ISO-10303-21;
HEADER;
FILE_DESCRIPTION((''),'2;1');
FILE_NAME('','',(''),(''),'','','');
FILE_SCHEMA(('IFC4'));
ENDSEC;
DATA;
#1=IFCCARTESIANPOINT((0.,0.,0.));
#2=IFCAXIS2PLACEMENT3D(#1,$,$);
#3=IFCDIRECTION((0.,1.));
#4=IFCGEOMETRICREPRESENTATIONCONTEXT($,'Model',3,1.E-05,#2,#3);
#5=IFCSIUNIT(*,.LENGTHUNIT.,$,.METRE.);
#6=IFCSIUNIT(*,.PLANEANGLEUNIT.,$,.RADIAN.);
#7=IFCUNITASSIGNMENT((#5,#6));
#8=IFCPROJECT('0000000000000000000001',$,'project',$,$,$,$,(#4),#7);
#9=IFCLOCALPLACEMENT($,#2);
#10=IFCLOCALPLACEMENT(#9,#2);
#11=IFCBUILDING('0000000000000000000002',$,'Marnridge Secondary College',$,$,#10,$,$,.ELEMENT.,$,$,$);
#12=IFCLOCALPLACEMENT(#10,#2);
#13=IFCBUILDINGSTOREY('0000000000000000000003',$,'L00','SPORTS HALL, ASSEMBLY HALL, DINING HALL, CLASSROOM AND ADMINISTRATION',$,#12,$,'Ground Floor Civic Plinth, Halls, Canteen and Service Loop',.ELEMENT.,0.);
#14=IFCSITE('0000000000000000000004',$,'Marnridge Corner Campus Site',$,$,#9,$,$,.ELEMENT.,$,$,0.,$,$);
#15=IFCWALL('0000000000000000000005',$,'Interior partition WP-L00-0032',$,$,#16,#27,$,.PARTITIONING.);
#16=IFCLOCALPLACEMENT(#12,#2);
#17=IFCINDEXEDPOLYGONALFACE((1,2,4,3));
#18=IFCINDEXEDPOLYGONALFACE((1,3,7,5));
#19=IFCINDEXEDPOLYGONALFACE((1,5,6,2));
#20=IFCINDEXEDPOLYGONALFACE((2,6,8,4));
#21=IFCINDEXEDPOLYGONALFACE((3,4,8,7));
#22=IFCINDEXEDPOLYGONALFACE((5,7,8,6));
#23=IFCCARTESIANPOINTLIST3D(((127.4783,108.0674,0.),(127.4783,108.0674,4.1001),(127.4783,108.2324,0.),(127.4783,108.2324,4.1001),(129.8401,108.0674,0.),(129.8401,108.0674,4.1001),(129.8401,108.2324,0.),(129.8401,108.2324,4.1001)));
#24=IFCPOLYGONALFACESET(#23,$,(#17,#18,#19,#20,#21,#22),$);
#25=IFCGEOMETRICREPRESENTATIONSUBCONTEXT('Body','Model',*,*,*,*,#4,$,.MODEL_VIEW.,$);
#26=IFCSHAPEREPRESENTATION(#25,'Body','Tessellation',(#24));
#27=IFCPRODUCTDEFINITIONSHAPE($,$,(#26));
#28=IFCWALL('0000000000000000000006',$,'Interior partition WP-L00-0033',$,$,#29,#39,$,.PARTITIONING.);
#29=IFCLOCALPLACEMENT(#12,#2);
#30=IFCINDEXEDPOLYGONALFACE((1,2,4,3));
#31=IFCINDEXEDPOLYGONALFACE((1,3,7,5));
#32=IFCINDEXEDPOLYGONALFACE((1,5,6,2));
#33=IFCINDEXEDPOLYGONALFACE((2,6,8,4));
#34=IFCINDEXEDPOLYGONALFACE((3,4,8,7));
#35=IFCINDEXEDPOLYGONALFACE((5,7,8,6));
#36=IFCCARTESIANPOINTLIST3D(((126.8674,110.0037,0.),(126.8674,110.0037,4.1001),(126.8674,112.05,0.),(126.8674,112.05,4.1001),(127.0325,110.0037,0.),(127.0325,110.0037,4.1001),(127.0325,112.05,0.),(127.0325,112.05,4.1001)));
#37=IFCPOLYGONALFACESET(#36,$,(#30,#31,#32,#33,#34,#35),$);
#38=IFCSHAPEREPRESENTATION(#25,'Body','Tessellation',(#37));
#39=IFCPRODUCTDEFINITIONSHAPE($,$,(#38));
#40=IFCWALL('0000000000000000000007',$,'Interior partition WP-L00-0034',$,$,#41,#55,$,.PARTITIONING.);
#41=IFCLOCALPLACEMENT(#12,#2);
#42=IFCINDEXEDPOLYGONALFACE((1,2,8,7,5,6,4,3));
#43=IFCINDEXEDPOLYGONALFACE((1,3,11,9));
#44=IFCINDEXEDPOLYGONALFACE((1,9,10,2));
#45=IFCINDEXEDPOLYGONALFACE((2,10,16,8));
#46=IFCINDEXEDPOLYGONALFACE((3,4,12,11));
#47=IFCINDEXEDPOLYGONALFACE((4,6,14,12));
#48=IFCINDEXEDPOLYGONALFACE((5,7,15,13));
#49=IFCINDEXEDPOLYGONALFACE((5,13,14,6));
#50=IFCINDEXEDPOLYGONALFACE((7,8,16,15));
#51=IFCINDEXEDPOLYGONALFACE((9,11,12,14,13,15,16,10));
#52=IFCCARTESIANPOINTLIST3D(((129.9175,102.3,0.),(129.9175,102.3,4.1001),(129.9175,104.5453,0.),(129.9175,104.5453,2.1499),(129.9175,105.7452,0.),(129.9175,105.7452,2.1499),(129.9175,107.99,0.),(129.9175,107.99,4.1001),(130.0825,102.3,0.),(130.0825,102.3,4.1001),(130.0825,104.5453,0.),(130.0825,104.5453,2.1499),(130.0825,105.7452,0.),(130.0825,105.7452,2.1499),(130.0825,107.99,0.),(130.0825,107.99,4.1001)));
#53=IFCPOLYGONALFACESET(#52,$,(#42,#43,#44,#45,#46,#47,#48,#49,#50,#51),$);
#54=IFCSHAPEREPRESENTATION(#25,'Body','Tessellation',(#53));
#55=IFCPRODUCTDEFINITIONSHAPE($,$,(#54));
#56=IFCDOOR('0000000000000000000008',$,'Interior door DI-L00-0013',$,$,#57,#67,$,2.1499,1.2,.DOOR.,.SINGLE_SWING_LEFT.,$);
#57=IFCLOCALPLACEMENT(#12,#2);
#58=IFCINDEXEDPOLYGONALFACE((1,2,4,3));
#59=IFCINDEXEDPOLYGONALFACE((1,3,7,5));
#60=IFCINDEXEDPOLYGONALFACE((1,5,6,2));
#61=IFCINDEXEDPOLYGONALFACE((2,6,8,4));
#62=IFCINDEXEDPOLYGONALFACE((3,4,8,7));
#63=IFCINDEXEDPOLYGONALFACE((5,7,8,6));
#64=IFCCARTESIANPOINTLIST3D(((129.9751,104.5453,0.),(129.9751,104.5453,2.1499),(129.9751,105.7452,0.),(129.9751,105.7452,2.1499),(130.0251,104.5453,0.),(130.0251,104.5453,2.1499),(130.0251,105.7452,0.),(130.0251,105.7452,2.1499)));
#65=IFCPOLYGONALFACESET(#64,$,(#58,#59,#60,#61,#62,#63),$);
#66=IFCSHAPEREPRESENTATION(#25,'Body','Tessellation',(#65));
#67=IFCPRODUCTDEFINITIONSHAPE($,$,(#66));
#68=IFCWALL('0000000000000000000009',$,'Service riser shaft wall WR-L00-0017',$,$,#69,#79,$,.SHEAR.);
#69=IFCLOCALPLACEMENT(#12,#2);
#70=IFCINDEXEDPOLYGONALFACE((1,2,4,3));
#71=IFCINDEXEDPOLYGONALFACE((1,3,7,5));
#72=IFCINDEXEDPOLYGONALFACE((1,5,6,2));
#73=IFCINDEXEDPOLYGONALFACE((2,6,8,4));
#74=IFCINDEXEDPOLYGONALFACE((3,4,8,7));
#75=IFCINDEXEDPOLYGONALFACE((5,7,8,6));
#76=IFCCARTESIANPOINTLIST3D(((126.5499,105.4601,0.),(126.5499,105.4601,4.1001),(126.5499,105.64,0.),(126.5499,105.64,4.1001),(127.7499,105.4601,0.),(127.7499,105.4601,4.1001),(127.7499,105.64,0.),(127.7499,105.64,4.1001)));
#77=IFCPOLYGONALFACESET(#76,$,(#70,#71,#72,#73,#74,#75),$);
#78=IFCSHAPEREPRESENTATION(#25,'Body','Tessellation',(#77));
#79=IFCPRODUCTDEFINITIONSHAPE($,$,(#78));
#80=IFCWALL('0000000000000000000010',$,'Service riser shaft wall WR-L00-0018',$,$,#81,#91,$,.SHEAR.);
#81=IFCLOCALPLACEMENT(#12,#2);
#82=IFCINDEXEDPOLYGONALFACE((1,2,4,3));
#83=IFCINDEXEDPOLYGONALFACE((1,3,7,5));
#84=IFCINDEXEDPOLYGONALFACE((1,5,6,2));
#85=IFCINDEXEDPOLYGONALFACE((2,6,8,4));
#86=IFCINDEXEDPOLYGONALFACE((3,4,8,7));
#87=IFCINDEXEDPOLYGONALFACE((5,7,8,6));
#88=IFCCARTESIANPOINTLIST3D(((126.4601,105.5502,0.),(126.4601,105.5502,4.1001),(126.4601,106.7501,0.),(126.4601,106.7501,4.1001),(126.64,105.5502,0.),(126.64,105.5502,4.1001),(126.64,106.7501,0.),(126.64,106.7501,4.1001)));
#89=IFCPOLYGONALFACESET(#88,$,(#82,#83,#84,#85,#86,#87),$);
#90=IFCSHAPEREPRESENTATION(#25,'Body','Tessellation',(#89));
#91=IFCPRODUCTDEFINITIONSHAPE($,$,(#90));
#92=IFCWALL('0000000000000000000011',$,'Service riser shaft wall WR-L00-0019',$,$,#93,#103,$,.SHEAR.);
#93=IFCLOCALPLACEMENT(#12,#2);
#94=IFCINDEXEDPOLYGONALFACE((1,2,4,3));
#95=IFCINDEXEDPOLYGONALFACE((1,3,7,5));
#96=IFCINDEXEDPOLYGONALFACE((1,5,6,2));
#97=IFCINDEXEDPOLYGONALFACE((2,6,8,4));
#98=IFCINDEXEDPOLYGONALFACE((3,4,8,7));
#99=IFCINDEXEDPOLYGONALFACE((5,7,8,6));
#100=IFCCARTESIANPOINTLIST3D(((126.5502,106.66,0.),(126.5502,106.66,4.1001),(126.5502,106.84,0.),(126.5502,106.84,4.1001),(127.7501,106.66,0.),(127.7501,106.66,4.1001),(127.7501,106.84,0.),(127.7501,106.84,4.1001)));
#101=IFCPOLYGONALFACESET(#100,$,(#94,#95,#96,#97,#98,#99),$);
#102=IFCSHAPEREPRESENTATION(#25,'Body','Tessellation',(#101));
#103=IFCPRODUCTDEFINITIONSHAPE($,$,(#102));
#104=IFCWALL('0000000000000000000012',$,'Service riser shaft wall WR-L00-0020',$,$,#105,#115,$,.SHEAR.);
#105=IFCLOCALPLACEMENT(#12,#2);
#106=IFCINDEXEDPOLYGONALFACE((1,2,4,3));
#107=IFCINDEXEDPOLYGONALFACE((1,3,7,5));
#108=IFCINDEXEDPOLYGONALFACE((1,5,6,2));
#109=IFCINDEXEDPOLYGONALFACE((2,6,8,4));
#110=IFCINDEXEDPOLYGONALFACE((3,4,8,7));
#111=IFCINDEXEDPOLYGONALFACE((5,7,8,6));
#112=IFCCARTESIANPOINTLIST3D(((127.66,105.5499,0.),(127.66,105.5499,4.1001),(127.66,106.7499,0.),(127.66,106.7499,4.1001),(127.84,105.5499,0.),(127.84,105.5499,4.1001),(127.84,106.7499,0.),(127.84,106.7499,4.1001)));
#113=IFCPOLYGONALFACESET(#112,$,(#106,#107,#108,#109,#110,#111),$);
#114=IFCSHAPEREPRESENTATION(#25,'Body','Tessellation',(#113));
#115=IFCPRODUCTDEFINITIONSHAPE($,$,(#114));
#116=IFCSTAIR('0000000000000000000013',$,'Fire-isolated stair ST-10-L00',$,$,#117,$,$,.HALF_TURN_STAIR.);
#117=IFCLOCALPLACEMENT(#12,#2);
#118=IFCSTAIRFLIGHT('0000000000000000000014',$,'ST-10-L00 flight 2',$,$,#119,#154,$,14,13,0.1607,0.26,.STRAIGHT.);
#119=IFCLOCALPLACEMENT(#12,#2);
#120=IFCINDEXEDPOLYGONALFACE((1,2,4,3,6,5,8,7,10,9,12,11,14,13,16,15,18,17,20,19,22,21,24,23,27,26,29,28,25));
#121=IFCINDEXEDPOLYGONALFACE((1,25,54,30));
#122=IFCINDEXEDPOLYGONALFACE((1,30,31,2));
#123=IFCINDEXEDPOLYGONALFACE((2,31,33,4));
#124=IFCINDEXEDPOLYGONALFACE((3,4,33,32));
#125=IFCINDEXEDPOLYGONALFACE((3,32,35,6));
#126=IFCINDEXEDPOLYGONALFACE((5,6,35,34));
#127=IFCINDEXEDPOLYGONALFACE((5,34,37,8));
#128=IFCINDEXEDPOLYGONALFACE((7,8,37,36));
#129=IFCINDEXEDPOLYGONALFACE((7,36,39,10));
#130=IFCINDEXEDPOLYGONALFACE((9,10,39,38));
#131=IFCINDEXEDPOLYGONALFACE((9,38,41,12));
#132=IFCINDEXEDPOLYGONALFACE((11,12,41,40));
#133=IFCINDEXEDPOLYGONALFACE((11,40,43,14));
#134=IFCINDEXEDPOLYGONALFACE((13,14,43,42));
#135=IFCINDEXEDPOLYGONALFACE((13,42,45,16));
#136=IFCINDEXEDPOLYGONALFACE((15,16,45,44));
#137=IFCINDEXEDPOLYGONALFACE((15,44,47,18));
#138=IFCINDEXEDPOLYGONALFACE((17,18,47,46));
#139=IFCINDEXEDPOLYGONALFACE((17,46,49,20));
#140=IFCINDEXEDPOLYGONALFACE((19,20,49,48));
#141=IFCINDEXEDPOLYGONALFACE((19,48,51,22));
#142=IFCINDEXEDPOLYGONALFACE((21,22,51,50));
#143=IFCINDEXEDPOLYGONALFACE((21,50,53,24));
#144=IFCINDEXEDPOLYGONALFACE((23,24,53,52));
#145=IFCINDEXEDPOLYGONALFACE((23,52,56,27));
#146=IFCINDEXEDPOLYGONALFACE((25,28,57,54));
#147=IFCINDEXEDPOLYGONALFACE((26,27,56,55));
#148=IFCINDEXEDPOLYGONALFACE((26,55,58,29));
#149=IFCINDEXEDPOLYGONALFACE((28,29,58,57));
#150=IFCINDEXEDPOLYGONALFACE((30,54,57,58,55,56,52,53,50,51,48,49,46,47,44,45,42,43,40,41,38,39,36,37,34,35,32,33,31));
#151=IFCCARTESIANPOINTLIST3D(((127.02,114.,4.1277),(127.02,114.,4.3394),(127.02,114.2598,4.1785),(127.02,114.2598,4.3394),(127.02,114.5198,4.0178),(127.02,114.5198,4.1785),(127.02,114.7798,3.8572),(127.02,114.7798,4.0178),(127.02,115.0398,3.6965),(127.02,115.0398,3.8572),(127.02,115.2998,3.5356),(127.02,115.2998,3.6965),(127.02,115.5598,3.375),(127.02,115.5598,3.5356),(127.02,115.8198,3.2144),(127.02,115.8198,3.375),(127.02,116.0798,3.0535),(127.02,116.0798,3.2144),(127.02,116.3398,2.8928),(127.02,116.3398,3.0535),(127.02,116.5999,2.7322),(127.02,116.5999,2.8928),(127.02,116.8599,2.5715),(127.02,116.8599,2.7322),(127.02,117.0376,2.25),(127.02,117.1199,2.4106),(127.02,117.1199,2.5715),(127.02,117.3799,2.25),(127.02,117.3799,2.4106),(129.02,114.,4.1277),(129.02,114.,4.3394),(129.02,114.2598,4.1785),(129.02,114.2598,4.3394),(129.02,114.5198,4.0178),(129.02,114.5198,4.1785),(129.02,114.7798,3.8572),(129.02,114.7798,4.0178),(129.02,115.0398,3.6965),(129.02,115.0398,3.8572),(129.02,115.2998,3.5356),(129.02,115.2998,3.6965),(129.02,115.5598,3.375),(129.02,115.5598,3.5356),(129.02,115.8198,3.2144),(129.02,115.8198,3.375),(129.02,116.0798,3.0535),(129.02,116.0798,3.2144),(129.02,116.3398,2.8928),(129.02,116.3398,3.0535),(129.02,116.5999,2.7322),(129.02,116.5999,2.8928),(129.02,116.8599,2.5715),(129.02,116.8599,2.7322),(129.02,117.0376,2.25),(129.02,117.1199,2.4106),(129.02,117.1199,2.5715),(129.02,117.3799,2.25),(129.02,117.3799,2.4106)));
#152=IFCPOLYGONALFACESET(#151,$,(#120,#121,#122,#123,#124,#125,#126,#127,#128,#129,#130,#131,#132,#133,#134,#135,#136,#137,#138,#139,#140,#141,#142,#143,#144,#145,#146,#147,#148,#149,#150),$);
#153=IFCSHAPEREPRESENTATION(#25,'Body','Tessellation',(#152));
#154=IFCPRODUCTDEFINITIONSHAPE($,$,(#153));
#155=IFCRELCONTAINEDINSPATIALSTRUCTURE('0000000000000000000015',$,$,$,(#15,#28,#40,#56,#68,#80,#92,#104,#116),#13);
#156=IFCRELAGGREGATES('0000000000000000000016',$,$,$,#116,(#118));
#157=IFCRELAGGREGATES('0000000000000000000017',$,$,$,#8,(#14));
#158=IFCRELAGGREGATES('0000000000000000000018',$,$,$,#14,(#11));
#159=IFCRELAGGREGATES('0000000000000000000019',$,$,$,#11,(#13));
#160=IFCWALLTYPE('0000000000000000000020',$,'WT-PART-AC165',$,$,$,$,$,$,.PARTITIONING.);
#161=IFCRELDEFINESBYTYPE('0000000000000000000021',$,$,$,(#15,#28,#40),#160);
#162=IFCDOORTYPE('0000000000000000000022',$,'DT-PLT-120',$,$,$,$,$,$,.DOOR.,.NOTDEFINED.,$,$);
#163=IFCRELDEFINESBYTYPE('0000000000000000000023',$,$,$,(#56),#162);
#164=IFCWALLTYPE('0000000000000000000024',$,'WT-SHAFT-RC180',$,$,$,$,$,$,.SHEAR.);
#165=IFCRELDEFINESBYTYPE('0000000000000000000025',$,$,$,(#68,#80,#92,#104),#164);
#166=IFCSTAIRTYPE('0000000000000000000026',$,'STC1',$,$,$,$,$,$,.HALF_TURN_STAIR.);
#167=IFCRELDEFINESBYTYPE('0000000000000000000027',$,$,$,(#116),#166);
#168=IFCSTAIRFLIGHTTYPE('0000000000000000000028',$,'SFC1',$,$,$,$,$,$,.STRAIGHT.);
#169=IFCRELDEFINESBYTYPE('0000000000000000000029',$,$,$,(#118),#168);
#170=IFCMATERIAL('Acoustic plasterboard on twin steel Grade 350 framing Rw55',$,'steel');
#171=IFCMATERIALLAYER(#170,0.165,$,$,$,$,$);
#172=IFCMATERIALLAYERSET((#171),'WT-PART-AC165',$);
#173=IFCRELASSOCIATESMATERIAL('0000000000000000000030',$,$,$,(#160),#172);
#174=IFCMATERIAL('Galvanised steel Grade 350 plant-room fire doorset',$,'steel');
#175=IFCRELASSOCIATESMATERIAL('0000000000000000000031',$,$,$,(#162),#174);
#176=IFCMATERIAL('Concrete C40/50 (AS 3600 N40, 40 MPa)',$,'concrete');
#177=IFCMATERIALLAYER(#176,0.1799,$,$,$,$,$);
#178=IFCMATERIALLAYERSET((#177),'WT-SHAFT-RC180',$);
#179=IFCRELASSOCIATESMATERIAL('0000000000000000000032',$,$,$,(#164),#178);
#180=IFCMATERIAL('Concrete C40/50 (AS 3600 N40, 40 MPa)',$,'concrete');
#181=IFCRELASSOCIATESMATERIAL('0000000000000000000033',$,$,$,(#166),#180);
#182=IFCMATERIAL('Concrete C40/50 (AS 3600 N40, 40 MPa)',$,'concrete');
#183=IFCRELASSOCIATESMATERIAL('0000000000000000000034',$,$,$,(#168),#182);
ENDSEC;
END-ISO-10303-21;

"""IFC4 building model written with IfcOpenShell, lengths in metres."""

from ifc_helpers import new_model, si_unit, direction, frame, frame_2d, origin, place, context, subcontext, project, spatial, polyline, rectangle, outline, extrude, material, layer, layer_set, type_object, element, fill, aggregate, save


model = new_model("IFC4")

# Units and contexts
model_context = context("Model", 3, precision=1e-05, world=origin(), true_north=direction((0.0, 1.0)))
body_context = subcontext(model_context, "Body", "Model", "MODEL_VIEW")
ifc_project = project(units=[si_unit("LENGTHUNIT", "METRE"), si_unit("PLANEANGLEUNIT", "RADIAN")], contexts=[model_context])

# Site, building, storey
site_placement = place(None, origin())
site = spatial("IfcSite", under=ifc_project, at=site_placement, Name="Marnridge Corner Campus Site", CompositionType="ELEMENT", RefElevation=0.0)
building_placement = place(site_placement, origin())
building = spatial("IfcBuilding", under=site, at=building_placement, Name="Marnridge Secondary College", CompositionType="ELEMENT")
storey_placement = place(building_placement, origin())
storey = spatial("IfcBuildingStorey", under=building, at=storey_placement, Name="L00", Description="SPORTS HALL, ASSEMBLY HALL, DINING HALL, CLASSROOM AND ADMINISTRATION", LongName="Ground Floor Civic Plinth, Halls, Canteen and Service Loop", CompositionType="ELEMENT", Elevation=0.0)

# Walls
ifc_material_1 = material(Name="Acoustic plasterboard on twin steel Grade 350 framing Rw55", Category="steel")
ifc_layer_1 = layer(ifc_material_1, 0.165)
ifc_layer_set_1 = layer_set([ifc_layer_1], Name="WT-PART-AC165")
wall_type_1 = type_object("IfcWallType", Name="WT-PART-AC165", PredefinedType="PARTITIONING", material=ifc_layer_set_1)
wall_1_placement = place(storey_placement, frame((129.8401, 108.1499, 0.0), z_axis=(0.0, 0.0, 1.0), x_axis=(-1.0, 0.0, 0.0)))
element("IfcWall", 1, at=wall_1_placement, inside=storey, type_object=wall_type_1, Name="Interior partition WP-L00-0032", PredefinedType="PARTITIONING", context=body_context, shape_type="SweptSolid", body=[
    extrude(rectangle(XDim=2.3618, YDim=0.165, at=frame_2d((1.1809, 0.0))), origin(), (0.0, 0.0, 1.0), 4.1001),
])
wall_2_placement = place(storey_placement, frame((126.95, 110.0037, 0.0), z_axis=(0.0, 0.0, 1.0), x_axis=(0.0, 1.0, 0.0)))
element("IfcWall", 2, at=wall_2_placement, inside=storey, type_object=wall_type_1, Name="Interior partition WP-L00-0033", PredefinedType="PARTITIONING", context=body_context, shape_type="SweptSolid", body=[
    extrude(rectangle(XDim=2.0464, YDim=0.165, at=frame_2d((1.0232, 0.0))), origin(), (0.0, 0.0, 1.0), 4.1001),
])

# Wall, opening, door
wall_3_placement = place(storey_placement, frame((130.0, 102.3, 0.0), z_axis=(0.0, 0.0, 1.0), x_axis=(0.0, 1.0, 0.0)))
wall_3 = element("IfcWall", 3, at=wall_3_placement, inside=storey, type_object=wall_type_1, Name="Interior partition WP-L00-0034", PredefinedType="PARTITIONING", context=body_context, shape_type="SweptSolid", body=[
    extrude(rectangle(XDim=5.6899, YDim=0.165, at=frame_2d((2.845, 0.0))), origin(), (0.0, 0.0, 1.0), 4.1001),
])
opening_placement = place(wall_3_placement, frame((2.2451, 0.0, 0.0)))
opening = element("IfcOpeningElement", 4, at=opening_placement, cuts=wall_3, PredefinedType="OPENING", context=body_context, shape_type="SweptSolid", body=[
    extrude(rectangle(XDim=1.2, YDim=2.1499, at=frame_2d((0.6001, 1.075))), frame((0.0, 0.0925, 0.0), z_axis=(0.0, -1.0, 0.0), x_axis=(1.0, 0.0, 0.0)), (0.0, 0.0, 1.0), 0.1851),
])
ifc_material_2 = material(Name="Galvanised steel Grade 350 plant-room fire doorset", Category="steel")
door_type = type_object("IfcDoorType", Name="DT-PLT-120", OperationType="NOTDEFINED", PredefinedType="DOOR", material=ifc_material_2)
door_placement = place(opening_placement, origin())
door = element("IfcDoor", 5, at=door_placement, inside=storey, type_object=door_type, Name="Interior door DI-L00-0013", OperationType="SINGLE_SWING_LEFT", OverallHeight=2.1499, OverallWidth=1.2, PredefinedType="DOOR", context=body_context, shape_type="SweptSolid", body=[
    extrude(rectangle(XDim=1.2, YDim=2.1499, at=frame_2d((0.6001, 1.075))), frame((0.0, 0.0249, 0.0), z_axis=(0.0, -1.0, 0.0), x_axis=(1.0, 0.0, 0.0)), (0.0, 0.0, 1.0), 0.05),
])
fill(opening, door)

# Walls
ifc_material_3 = material(Name="Concrete C40/50 (AS 3600 N40, 40 MPa)", Category="concrete")
ifc_layer_2 = layer(ifc_material_3, 0.1799)
ifc_layer_set_2 = layer_set([ifc_layer_2], Name="WT-SHAFT-RC180")
wall_type_2 = type_object("IfcWallType", Name="WT-SHAFT-RC180", PredefinedType="SHEAR", material=ifc_layer_set_2)
for number, where, z_axis, x_axis, name in (
    (6, (127.75, 105.55, 0.0), (0.0, 0.0, 1.0), (-1.0, 0.0, 0.0), "Service riser shaft wall WR-L00-0017"),
    (7, (126.55, 105.55, 0.0), (0.0, 0.0, 1.0), (0.0, 1.0, 0.0), "Service riser shaft wall WR-L00-0018"),
    (8, (126.55, 106.75, 0.0), (0.0, 0.0, 1.0), (1.0, 0.0, 0.0), "Service riser shaft wall WR-L00-0019"),
    (9, (127.75, 106.75, 0.0), (0.0, 0.0, 1.0), (0.0, -1.0, 0.0), "Service riser shaft wall WR-L00-0020"),
):
    element("IfcWall", number, at=place(storey_placement, frame(where, z_axis=z_axis, x_axis=x_axis)), inside=storey, type_object=wall_type_2, Name=name, PredefinedType="SHEAR", context=body_context, shape_type="SweptSolid", body=[
        extrude(rectangle(XDim=1.2, YDim=0.1799, at=frame_2d((0.6001, 0.0))), origin(), (0.0, 0.0, 1.0), 4.1001),
    ])

# Stair, stair flight
ifc_material_4 = material(Name="Concrete C40/50 (AS 3600 N40, 40 MPa)", Category="concrete")
stair_type = type_object("IfcStairType", Name="STC1", PredefinedType="HALF_TURN_STAIR", material=ifc_material_4)
stair_placement = place(storey_placement, origin())
stair = element("IfcStair", 10, at=stair_placement, inside=storey, type_object=stair_type, Name="Fire-isolated stair ST-10-L00", PredefinedType="HALF_TURN_STAIR")
ifc_material_5 = material(Name="Concrete C40/50 (AS 3600 N40, 40 MPa)", Category="concrete")
stair_flight_type = type_object("IfcStairFlightType", Name="SFC1", PredefinedType="STRAIGHT", material=ifc_material_5)
stair_flight_placement = place(storey_placement, frame((128.02, 117.3799, 2.25), z_axis=(0.0, 0.0, 1.0), x_axis=(0.0, -1.0, 0.0)))
stair_flight = element("IfcStairFlight", 11, at=stair_flight_placement, type_object=stair_flight_type, Name="ST-10-L00 flight 2", NumberOfRisers=14, NumberOfTreads=13, PredefinedType="STRAIGHT", RiserHeight=0.1607, TreadLength=0.26, context=body_context, shape_type="SweptSolid", body=[
    extrude(outline(polyline([(0.0, 0.0), (0.0, 0.1606), (0.26, 0.1606), (0.26, 0.3215), (0.52, 0.3215), (0.52, 0.4822), (0.78, 0.4822), (0.78, 0.6428), (1.04, 0.6428), (1.04, 0.8035), (1.3, 0.8035), (1.3, 0.9644), (1.5601, 0.9644), (1.5601, 1.125), (1.8201, 1.125), (1.8201, 1.2856), (2.0801, 1.2856), (2.0801, 1.4465), (2.3401, 1.4465), (2.3401, 1.6072), (2.6001, 1.6072), (2.6001, 1.7678), (2.8601, 1.7678), (2.8601, 1.9285), (3.1201, 1.9285), (3.1201, 2.0894), (3.3799, 2.0894), (3.3799, 2.25), (3.3799, 1.8777), (0.3423, 0.0), (0.0, 0.0)])), frame((0.0, 1.0, 0.0), z_axis=(0.0, -1.0, 0.0), x_axis=(1.0, 0.0, 0.0)), (0.0, 0.0, 1.0), 2.0),
])
aggregate(stair, [stair_flight])

save(model, "model.ifc")
